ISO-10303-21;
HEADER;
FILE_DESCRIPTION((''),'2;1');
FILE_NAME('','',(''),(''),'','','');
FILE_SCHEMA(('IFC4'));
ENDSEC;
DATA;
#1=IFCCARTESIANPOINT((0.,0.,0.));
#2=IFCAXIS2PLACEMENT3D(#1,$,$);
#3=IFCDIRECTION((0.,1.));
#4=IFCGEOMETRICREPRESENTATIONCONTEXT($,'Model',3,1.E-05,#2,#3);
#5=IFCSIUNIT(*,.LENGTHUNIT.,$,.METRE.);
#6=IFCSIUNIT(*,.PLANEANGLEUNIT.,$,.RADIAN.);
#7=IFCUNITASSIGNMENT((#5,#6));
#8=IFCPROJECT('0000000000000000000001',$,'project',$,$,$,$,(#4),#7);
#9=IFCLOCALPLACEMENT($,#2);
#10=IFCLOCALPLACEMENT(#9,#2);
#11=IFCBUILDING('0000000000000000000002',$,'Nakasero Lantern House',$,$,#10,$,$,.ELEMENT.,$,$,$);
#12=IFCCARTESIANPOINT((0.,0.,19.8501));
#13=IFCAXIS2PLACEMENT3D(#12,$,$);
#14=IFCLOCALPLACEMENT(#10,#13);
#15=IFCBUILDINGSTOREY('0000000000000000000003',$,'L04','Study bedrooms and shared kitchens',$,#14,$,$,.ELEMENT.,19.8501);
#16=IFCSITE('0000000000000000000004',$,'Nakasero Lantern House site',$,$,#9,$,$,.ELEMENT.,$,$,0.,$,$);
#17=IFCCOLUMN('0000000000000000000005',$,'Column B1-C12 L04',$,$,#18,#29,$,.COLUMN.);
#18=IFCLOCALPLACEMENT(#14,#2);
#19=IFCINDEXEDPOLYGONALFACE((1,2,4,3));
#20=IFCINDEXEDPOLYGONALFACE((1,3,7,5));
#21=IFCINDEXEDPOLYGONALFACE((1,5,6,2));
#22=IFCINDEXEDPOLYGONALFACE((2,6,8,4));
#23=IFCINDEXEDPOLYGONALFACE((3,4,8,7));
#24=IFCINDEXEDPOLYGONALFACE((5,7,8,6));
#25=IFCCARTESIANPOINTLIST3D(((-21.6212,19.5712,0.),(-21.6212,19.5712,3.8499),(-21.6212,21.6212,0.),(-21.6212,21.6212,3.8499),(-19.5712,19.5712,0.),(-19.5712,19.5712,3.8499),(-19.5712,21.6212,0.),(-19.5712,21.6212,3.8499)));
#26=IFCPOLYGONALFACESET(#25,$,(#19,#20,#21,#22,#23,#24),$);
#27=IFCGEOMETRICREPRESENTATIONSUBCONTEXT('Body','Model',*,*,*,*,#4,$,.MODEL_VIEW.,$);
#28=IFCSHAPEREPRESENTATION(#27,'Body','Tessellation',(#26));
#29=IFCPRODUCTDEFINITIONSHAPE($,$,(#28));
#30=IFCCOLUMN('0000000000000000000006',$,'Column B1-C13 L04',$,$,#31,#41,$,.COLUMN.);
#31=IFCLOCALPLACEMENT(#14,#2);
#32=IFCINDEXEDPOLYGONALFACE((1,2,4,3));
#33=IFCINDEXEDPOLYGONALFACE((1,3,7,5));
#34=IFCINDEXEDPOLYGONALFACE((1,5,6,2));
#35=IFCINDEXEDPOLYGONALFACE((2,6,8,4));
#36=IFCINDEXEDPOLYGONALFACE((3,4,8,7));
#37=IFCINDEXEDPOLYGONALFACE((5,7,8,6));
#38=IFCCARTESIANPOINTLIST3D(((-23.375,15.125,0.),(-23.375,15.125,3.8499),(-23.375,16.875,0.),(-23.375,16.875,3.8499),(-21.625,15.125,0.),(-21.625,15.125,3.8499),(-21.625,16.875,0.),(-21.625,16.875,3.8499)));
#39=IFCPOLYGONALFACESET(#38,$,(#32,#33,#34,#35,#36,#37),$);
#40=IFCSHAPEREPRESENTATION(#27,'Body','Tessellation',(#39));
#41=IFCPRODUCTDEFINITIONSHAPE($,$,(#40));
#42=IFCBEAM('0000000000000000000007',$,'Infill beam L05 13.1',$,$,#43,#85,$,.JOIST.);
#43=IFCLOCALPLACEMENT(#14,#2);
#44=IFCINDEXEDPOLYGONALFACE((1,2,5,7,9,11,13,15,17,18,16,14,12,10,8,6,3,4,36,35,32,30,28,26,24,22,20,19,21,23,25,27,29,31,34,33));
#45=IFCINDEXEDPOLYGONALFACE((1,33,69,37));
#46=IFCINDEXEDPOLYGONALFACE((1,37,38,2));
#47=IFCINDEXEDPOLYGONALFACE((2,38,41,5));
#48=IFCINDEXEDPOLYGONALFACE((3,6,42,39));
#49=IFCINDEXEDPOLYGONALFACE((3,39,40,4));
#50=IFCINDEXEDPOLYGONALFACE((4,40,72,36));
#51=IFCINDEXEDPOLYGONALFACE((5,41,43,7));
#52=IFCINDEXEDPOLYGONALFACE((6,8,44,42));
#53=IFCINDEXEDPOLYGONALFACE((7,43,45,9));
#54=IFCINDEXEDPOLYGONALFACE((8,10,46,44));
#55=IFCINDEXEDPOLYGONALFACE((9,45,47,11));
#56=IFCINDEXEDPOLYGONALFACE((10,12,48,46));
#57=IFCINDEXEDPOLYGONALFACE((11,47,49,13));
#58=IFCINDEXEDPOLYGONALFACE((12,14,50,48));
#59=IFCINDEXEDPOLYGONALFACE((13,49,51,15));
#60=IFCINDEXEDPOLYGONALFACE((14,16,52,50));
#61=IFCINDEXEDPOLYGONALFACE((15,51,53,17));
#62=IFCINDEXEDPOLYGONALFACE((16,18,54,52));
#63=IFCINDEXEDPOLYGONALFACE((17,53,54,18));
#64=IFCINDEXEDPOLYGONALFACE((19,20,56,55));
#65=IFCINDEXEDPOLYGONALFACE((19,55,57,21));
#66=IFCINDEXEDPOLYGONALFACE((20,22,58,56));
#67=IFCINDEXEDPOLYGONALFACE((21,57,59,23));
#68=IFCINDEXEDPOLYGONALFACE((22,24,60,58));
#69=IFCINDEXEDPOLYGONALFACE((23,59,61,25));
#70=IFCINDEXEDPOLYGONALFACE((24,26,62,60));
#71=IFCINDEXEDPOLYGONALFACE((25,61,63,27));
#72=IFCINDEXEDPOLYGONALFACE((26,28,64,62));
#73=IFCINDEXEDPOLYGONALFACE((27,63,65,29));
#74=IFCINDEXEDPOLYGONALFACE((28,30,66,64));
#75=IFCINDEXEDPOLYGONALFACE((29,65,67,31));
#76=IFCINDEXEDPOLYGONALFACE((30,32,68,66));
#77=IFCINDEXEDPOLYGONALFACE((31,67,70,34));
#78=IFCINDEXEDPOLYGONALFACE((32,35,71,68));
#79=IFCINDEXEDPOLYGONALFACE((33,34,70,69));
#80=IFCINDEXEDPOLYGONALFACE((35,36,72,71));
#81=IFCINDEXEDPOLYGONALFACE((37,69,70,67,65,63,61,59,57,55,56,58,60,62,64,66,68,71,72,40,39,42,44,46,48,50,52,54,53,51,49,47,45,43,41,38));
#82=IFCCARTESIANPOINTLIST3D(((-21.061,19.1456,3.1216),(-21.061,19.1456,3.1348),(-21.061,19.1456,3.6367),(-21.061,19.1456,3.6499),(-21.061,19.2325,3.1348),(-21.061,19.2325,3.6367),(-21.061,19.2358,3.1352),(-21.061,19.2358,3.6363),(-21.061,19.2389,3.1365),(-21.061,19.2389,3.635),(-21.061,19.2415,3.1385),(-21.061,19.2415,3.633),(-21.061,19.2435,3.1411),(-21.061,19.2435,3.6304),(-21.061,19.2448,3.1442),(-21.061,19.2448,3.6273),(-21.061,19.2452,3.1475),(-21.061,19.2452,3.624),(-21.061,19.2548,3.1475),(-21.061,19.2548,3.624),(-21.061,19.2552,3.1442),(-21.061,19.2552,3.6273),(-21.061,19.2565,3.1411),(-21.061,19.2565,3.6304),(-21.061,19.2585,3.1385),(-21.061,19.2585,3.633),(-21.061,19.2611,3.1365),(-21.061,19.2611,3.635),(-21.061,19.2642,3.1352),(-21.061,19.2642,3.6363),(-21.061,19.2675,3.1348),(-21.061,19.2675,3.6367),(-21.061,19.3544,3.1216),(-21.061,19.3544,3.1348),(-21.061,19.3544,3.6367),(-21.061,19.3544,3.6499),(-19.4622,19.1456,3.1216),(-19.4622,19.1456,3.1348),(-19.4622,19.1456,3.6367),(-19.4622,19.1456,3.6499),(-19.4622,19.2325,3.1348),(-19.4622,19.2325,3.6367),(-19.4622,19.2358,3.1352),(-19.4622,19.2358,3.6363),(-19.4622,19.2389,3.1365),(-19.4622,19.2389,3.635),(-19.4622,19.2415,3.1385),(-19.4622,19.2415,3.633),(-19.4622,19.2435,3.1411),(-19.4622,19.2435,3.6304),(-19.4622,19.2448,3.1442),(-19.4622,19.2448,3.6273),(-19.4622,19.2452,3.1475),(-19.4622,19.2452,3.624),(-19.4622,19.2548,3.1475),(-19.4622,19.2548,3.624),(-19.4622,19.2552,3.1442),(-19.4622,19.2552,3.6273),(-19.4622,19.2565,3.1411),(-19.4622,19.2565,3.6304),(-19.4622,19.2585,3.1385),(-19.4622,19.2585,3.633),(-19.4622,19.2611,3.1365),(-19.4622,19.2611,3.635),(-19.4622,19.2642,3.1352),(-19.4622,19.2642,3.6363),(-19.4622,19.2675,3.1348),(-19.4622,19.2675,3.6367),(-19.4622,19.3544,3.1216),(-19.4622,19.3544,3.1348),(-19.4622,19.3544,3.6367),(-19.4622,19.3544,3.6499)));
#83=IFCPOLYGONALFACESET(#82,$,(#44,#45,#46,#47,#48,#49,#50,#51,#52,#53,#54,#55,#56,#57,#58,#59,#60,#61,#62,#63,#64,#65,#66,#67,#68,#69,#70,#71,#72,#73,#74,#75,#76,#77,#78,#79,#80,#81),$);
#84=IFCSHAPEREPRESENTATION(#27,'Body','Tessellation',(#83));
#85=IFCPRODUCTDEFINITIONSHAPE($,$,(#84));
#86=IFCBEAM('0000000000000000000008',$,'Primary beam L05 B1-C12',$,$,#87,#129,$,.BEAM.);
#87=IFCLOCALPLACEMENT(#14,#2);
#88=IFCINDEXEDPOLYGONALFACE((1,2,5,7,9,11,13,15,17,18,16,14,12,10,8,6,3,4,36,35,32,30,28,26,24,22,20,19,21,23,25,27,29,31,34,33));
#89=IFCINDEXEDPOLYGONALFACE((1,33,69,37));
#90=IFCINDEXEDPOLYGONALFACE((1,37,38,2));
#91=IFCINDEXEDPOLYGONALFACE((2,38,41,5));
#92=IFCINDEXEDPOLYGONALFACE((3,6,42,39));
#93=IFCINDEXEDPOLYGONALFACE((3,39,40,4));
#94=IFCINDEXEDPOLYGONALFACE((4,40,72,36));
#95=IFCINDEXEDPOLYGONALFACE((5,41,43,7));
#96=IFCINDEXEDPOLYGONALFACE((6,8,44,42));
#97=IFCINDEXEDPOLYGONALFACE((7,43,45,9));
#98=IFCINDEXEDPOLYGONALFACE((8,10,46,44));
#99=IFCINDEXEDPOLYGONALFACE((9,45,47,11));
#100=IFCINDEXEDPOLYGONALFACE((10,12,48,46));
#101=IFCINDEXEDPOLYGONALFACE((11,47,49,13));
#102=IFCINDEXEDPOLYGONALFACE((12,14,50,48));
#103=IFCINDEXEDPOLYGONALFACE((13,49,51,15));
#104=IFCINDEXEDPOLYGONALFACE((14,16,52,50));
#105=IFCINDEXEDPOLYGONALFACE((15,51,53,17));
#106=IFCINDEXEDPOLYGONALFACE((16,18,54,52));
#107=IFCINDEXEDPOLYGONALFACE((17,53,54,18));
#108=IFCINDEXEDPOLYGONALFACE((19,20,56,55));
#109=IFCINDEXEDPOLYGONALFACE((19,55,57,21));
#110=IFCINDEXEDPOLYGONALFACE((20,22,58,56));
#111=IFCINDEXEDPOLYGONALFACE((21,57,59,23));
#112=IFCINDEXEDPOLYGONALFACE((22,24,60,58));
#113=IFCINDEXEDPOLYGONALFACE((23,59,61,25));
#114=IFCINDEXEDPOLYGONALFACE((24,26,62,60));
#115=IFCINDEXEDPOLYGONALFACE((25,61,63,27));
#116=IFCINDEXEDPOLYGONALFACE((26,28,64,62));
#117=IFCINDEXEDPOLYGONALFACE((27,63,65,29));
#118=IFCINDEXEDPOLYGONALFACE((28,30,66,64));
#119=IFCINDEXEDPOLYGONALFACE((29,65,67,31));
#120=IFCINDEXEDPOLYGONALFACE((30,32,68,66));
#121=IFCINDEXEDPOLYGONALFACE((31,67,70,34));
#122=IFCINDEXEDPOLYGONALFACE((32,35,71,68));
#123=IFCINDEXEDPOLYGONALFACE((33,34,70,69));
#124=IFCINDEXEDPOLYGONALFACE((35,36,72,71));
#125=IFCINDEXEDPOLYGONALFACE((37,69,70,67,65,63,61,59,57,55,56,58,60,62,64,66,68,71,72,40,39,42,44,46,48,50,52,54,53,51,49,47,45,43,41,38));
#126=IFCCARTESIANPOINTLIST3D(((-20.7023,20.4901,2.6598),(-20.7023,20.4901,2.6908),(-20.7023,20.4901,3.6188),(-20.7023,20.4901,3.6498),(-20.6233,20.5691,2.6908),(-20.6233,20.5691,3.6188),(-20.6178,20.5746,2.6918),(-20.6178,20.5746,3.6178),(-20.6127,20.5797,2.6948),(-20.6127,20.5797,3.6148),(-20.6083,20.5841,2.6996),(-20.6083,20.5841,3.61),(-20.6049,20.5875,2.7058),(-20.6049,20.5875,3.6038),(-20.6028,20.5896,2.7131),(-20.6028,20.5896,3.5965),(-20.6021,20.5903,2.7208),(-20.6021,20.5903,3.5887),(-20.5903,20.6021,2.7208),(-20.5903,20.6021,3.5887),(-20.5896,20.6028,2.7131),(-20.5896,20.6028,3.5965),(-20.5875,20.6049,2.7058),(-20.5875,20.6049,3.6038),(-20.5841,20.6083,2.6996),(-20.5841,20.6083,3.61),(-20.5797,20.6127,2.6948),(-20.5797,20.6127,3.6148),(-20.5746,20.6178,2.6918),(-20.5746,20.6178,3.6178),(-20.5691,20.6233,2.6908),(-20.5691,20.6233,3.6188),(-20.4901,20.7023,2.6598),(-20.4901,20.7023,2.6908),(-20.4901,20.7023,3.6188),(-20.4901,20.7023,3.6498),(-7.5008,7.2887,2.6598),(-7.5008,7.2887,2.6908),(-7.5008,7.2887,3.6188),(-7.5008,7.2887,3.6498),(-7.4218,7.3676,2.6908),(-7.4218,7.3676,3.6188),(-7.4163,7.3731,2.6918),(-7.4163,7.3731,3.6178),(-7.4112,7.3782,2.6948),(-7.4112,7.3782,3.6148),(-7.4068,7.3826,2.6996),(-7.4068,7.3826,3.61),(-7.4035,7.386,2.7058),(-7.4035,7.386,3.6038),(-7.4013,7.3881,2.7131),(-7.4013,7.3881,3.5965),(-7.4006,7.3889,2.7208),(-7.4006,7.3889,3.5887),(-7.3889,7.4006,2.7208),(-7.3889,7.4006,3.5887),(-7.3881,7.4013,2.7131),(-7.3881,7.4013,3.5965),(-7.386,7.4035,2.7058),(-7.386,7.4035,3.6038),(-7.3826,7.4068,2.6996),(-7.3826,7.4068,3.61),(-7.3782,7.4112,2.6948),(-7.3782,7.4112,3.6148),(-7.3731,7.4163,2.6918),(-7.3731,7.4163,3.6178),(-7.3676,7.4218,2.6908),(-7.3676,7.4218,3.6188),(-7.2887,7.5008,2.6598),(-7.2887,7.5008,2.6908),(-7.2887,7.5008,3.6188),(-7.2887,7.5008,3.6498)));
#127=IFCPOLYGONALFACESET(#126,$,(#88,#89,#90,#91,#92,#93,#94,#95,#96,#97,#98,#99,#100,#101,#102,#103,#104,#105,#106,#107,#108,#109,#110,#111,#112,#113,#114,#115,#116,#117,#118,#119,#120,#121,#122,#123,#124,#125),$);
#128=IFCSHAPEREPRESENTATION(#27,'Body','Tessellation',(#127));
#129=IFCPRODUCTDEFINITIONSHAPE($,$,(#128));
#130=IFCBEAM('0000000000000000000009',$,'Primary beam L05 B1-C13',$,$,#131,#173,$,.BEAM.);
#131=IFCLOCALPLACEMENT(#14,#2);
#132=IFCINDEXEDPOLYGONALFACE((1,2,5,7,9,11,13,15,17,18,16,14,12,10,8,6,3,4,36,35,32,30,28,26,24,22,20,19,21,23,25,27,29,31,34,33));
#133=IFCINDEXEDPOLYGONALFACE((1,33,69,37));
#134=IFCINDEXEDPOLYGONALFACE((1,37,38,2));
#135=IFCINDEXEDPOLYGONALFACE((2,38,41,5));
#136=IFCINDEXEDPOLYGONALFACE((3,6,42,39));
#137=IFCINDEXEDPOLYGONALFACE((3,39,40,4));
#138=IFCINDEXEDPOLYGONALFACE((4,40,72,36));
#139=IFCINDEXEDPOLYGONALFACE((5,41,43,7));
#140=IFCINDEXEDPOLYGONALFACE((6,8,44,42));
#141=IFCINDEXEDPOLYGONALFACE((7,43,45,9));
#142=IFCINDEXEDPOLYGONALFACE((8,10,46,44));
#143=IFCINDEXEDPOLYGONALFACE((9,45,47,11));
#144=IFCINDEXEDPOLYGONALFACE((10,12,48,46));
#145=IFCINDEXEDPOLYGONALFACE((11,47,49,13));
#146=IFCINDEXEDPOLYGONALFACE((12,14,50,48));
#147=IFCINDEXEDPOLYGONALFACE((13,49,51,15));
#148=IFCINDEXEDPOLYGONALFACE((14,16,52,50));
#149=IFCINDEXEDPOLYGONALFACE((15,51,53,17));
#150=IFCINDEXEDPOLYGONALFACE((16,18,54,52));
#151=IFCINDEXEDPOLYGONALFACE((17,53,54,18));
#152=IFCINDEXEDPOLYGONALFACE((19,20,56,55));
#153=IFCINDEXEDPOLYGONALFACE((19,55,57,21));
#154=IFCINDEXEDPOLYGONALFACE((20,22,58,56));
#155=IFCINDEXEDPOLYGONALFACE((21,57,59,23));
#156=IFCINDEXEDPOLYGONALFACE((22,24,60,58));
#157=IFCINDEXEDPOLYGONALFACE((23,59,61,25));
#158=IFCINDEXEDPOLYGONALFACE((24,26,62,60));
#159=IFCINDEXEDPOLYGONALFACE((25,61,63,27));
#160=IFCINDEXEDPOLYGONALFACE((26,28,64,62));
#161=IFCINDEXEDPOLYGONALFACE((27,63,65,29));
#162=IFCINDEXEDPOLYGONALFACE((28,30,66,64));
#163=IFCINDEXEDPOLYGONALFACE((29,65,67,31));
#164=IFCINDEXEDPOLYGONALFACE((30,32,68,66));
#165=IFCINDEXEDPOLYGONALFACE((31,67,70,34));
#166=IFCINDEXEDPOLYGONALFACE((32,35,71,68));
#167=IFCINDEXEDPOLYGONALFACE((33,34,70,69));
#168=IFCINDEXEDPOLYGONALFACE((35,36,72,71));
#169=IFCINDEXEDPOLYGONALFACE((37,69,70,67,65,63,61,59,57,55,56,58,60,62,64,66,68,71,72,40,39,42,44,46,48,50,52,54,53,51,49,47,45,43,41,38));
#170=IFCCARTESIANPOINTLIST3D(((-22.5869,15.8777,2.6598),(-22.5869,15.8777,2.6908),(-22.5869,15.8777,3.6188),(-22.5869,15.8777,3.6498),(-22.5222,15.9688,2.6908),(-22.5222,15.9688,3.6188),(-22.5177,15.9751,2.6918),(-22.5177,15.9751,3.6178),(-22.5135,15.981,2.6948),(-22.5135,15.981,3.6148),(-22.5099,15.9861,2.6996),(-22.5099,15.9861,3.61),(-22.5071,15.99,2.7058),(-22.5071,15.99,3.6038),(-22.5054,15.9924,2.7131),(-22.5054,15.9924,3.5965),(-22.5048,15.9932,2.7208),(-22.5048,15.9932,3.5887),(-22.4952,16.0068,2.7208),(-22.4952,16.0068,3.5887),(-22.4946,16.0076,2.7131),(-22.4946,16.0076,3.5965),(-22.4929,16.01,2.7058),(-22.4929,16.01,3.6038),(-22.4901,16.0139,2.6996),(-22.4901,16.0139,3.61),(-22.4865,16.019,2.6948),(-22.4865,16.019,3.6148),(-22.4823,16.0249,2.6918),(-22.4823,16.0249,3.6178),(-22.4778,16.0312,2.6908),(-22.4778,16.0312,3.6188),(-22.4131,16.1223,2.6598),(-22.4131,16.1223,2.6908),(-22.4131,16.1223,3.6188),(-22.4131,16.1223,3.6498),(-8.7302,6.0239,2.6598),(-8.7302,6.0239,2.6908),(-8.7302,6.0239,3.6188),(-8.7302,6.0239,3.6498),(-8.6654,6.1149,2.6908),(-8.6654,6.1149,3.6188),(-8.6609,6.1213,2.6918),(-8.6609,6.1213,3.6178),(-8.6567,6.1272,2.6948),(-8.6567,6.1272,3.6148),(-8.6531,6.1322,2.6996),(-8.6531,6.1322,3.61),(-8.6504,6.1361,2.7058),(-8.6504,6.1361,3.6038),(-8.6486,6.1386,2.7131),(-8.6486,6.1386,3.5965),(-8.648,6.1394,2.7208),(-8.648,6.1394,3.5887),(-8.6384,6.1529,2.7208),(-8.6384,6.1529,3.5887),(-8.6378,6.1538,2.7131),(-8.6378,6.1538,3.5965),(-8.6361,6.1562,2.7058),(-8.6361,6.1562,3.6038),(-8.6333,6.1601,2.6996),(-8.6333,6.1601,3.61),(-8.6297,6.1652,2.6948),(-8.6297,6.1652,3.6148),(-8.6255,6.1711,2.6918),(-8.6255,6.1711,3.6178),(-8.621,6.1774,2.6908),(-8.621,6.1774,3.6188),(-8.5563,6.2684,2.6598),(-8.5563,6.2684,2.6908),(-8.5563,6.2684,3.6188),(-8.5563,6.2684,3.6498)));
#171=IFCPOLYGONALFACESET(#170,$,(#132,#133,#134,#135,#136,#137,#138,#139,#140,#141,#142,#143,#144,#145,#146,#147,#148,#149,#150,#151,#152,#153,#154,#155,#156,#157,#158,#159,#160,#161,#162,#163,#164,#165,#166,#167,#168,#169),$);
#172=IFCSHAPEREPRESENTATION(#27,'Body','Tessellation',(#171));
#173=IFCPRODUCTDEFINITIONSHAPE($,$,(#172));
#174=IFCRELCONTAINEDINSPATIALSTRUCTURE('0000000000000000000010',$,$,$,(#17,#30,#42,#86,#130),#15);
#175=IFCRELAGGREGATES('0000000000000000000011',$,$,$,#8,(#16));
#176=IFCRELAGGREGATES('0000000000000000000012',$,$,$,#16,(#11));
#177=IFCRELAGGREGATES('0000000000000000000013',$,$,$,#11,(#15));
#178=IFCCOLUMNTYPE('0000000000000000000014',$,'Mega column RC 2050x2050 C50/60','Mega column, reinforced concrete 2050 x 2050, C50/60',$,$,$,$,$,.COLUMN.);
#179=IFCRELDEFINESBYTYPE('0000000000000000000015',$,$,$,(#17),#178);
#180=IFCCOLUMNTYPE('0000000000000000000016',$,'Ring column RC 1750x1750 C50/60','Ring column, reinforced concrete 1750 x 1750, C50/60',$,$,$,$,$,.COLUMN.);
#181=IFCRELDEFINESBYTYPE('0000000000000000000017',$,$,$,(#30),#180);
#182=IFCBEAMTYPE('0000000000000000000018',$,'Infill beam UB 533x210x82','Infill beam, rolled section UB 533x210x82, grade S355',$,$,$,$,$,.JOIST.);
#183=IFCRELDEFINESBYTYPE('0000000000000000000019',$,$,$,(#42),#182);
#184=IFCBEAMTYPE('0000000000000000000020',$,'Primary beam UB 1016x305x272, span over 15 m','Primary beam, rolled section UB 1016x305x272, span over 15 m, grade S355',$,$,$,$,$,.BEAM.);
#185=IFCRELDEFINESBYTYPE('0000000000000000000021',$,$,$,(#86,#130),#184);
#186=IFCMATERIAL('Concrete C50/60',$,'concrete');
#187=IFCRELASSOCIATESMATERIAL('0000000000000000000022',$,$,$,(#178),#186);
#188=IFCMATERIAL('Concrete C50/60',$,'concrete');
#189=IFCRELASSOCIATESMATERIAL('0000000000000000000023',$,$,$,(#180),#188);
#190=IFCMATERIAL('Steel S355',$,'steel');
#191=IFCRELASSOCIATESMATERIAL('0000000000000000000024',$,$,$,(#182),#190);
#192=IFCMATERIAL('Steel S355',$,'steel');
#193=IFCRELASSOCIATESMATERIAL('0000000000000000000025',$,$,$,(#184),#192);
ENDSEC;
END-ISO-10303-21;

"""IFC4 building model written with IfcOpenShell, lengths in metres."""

from ifc_helpers import new_model, si_unit, direction, frame, origin, origin_2d, place, context, subcontext, project, spatial, rectangle, i_section, extrude, material, material_profile, profile_set, type_object, element, save


model = new_model("IFC4")

# Units and contexts
model_context = context("Model", 3, precision=1e-05, world=origin(), true_north=direction((0.0, 1.0)))
body_context = subcontext(model_context, "Body", "Model", "MODEL_VIEW")
ifc_project = project(units=[si_unit("LENGTHUNIT", "METRE"), si_unit("PLANEANGLEUNIT", "RADIAN")], contexts=[model_context])

# Site, building, storey
site_placement = place(None, origin())
site = spatial("IfcSite", under=ifc_project, at=site_placement, Name="Nakasero Lantern House site", CompositionType="ELEMENT", RefElevation=0.0)
building_placement = place(site_placement, origin())
building = spatial("IfcBuilding", under=site, at=building_placement, Name="Nakasero Lantern House", CompositionType="ELEMENT")
storey_placement = place(building_placement, frame((0.0, 0.0, 19.8501)))
storey = spatial("IfcBuildingStorey", under=building, at=storey_placement, Name="L04", Description="Study bedrooms and shared kitchens", CompositionType="ELEMENT", Elevation=19.8501)

# Columns
ifc_material_1 = material(Name="Concrete C50/60", Category="concrete")
ifc_material_profile_1 = material_profile(ifc_material_1, rectangle(XDim=2.05, YDim=2.05, at=origin_2d()), Name="RC 2050x2050")
ifc_profile_set_1 = profile_set([ifc_material_profile_1], Name="Concrete C50/60")
column_type_1 = type_object("IfcColumnType", Name="Mega column RC 2050x2050 C50/60", Description="Mega column, reinforced concrete 2050 x 2050, C50/60", PredefinedType="COLUMN", material=ifc_profile_set_1)
column_1_placement = place(storey_placement, frame((-20.5962, 20.5962, 0.0), z_axis=(0.0, 0.0, 1.0), x_axis=(1.0, 0.0, 0.0)))
element("IfcColumn", 1, at=column_1_placement, inside=storey, type_object=column_type_1, Name="Column B1-C12 L04", PredefinedType="COLUMN", context=body_context, shape_type="SweptSolid", body=[
    extrude(rectangle(XDim=2.05, YDim=2.05, at=origin_2d()), origin(), (0.0, 0.0, 1.0), 3.8499),
])
ifc_material_2 = material(Name="Concrete C50/60", Category="concrete")
ifc_material_profile_2 = material_profile(ifc_material_2, rectangle(XDim=1.75, YDim=1.75, at=origin_2d()), Name="RC 1750x1750")
ifc_profile_set_2 = profile_set([ifc_material_profile_2], Name="Concrete C50/60")
column_type_2 = type_object("IfcColumnType", Name="Ring column RC 1750x1750 C50/60", Description="Ring column, reinforced concrete 1750 x 1750, C50/60", PredefinedType="COLUMN", material=ifc_profile_set_2)
column_2_placement = place(storey_placement, frame((-22.5, 16.0, 0.0), z_axis=(0.0, 0.0, 1.0), x_axis=(1.0, 0.0, 0.0)))
element("IfcColumn", 2, at=column_2_placement, inside=storey, type_object=column_type_2, Name="Column B1-C13 L04", PredefinedType="COLUMN", context=body_context, shape_type="SweptSolid", body=[
    extrude(rectangle(XDim=1.75, YDim=1.75, at=origin_2d()), origin(), (0.0, 0.0, 1.0), 3.8499),
])

# Beams
ifc_material_3 = material(Name="Steel S355", Category="steel")
ifc_material_profile_3 = material_profile(ifc_material_3, i_section(OverallWidth=0.2087, OverallDepth=0.5283, WebThickness=0.0095, FlangeThickness=0.0132, FilletRadius=0.0127, at=origin_2d()), Name="UB 533x210x82")
ifc_profile_set_3 = profile_set([ifc_material_profile_3], Name="Steel S355")
beam_type_1 = type_object("IfcBeamType", Name="Infill beam UB 533x210x82", Description="Infill beam, rolled section UB 533x210x82, grade S355", PredefinedType="JOIST", material=ifc_profile_set_3)
beam_1_placement = place(storey_placement, frame((-21.061, 19.25, 3.3857), z_axis=(1.0, 0.0, 0.0), x_axis=(0.0, 1.0, 0.0)))
element("IfcBeam", 3, at=beam_1_placement, inside=storey, type_object=beam_type_1, Name="Infill beam L05 13.1", PredefinedType="JOIST", context=body_context, shape_type="SweptSolid", body=[
    extrude(i_section(OverallWidth=0.2087, OverallDepth=0.5283, WebThickness=0.0095, FlangeThickness=0.0132, FilletRadius=0.0127, at=origin_2d()), origin(), (0.0, 0.0, 1.0), 1.5989),
])
ifc_material_4 = material(Name="Steel S355", Category="steel")
ifc_material_profile_4 = material_profile(ifc_material_4, i_section(OverallWidth=0.3, OverallDepth=0.99, WebThickness=0.0166, FlangeThickness=0.031, FilletRadius=0.03, at=origin_2d()), Name="UB 1016x305x272")
ifc_profile_set_4 = profile_set([ifc_material_profile_4], Name="Steel S355")
beam_type_2 = type_object("IfcBeamType", Name="Primary beam UB 1016x305x272, span over 15 m", Description="Primary beam, rolled section UB 1016x305x272, span over 15 m, grade S355", PredefinedType="BEAM", material=ifc_profile_set_4)
beam_2_placement = place(storey_placement, frame((-20.5962, 20.5962, 3.1548), z_axis=(0.707107, -0.707107, 0.0), x_axis=(0.707107, 0.707107, 0.0)))
element("IfcBeam", 4, at=beam_2_placement, inside=storey, type_object=beam_type_2, Name="Primary beam L05 B1-C12", PredefinedType="BEAM", context=body_context, shape_type="SweptSolid", body=[
    extrude(i_section(OverallWidth=0.3, OverallDepth=0.99, WebThickness=0.0166, FlangeThickness=0.031, FilletRadius=0.03, at=origin_2d()), origin(), (0.0, 0.0, 1.0), 18.6697),
])
beam_3_placement = place(storey_placement, frame((-22.5, 16.0, 3.1548), z_axis=(0.814952, -0.579528, 0.0), x_axis=(0.579528, 0.814952, 0.0)))
element("IfcBeam", 5, at=beam_3_placement, inside=storey, type_object=beam_type_2, Name="Primary beam L05 B1-C13", PredefinedType="BEAM", context=body_context, shape_type="SweptSolid", body=[
    extrude(i_section(OverallWidth=0.3, OverallDepth=0.99, WebThickness=0.0166, FlangeThickness=0.031, FilletRadius=0.03, at=origin_2d()), origin(), (0.0, 0.0, 1.0), 17.0032),
])

save(model, "model.ifc")
